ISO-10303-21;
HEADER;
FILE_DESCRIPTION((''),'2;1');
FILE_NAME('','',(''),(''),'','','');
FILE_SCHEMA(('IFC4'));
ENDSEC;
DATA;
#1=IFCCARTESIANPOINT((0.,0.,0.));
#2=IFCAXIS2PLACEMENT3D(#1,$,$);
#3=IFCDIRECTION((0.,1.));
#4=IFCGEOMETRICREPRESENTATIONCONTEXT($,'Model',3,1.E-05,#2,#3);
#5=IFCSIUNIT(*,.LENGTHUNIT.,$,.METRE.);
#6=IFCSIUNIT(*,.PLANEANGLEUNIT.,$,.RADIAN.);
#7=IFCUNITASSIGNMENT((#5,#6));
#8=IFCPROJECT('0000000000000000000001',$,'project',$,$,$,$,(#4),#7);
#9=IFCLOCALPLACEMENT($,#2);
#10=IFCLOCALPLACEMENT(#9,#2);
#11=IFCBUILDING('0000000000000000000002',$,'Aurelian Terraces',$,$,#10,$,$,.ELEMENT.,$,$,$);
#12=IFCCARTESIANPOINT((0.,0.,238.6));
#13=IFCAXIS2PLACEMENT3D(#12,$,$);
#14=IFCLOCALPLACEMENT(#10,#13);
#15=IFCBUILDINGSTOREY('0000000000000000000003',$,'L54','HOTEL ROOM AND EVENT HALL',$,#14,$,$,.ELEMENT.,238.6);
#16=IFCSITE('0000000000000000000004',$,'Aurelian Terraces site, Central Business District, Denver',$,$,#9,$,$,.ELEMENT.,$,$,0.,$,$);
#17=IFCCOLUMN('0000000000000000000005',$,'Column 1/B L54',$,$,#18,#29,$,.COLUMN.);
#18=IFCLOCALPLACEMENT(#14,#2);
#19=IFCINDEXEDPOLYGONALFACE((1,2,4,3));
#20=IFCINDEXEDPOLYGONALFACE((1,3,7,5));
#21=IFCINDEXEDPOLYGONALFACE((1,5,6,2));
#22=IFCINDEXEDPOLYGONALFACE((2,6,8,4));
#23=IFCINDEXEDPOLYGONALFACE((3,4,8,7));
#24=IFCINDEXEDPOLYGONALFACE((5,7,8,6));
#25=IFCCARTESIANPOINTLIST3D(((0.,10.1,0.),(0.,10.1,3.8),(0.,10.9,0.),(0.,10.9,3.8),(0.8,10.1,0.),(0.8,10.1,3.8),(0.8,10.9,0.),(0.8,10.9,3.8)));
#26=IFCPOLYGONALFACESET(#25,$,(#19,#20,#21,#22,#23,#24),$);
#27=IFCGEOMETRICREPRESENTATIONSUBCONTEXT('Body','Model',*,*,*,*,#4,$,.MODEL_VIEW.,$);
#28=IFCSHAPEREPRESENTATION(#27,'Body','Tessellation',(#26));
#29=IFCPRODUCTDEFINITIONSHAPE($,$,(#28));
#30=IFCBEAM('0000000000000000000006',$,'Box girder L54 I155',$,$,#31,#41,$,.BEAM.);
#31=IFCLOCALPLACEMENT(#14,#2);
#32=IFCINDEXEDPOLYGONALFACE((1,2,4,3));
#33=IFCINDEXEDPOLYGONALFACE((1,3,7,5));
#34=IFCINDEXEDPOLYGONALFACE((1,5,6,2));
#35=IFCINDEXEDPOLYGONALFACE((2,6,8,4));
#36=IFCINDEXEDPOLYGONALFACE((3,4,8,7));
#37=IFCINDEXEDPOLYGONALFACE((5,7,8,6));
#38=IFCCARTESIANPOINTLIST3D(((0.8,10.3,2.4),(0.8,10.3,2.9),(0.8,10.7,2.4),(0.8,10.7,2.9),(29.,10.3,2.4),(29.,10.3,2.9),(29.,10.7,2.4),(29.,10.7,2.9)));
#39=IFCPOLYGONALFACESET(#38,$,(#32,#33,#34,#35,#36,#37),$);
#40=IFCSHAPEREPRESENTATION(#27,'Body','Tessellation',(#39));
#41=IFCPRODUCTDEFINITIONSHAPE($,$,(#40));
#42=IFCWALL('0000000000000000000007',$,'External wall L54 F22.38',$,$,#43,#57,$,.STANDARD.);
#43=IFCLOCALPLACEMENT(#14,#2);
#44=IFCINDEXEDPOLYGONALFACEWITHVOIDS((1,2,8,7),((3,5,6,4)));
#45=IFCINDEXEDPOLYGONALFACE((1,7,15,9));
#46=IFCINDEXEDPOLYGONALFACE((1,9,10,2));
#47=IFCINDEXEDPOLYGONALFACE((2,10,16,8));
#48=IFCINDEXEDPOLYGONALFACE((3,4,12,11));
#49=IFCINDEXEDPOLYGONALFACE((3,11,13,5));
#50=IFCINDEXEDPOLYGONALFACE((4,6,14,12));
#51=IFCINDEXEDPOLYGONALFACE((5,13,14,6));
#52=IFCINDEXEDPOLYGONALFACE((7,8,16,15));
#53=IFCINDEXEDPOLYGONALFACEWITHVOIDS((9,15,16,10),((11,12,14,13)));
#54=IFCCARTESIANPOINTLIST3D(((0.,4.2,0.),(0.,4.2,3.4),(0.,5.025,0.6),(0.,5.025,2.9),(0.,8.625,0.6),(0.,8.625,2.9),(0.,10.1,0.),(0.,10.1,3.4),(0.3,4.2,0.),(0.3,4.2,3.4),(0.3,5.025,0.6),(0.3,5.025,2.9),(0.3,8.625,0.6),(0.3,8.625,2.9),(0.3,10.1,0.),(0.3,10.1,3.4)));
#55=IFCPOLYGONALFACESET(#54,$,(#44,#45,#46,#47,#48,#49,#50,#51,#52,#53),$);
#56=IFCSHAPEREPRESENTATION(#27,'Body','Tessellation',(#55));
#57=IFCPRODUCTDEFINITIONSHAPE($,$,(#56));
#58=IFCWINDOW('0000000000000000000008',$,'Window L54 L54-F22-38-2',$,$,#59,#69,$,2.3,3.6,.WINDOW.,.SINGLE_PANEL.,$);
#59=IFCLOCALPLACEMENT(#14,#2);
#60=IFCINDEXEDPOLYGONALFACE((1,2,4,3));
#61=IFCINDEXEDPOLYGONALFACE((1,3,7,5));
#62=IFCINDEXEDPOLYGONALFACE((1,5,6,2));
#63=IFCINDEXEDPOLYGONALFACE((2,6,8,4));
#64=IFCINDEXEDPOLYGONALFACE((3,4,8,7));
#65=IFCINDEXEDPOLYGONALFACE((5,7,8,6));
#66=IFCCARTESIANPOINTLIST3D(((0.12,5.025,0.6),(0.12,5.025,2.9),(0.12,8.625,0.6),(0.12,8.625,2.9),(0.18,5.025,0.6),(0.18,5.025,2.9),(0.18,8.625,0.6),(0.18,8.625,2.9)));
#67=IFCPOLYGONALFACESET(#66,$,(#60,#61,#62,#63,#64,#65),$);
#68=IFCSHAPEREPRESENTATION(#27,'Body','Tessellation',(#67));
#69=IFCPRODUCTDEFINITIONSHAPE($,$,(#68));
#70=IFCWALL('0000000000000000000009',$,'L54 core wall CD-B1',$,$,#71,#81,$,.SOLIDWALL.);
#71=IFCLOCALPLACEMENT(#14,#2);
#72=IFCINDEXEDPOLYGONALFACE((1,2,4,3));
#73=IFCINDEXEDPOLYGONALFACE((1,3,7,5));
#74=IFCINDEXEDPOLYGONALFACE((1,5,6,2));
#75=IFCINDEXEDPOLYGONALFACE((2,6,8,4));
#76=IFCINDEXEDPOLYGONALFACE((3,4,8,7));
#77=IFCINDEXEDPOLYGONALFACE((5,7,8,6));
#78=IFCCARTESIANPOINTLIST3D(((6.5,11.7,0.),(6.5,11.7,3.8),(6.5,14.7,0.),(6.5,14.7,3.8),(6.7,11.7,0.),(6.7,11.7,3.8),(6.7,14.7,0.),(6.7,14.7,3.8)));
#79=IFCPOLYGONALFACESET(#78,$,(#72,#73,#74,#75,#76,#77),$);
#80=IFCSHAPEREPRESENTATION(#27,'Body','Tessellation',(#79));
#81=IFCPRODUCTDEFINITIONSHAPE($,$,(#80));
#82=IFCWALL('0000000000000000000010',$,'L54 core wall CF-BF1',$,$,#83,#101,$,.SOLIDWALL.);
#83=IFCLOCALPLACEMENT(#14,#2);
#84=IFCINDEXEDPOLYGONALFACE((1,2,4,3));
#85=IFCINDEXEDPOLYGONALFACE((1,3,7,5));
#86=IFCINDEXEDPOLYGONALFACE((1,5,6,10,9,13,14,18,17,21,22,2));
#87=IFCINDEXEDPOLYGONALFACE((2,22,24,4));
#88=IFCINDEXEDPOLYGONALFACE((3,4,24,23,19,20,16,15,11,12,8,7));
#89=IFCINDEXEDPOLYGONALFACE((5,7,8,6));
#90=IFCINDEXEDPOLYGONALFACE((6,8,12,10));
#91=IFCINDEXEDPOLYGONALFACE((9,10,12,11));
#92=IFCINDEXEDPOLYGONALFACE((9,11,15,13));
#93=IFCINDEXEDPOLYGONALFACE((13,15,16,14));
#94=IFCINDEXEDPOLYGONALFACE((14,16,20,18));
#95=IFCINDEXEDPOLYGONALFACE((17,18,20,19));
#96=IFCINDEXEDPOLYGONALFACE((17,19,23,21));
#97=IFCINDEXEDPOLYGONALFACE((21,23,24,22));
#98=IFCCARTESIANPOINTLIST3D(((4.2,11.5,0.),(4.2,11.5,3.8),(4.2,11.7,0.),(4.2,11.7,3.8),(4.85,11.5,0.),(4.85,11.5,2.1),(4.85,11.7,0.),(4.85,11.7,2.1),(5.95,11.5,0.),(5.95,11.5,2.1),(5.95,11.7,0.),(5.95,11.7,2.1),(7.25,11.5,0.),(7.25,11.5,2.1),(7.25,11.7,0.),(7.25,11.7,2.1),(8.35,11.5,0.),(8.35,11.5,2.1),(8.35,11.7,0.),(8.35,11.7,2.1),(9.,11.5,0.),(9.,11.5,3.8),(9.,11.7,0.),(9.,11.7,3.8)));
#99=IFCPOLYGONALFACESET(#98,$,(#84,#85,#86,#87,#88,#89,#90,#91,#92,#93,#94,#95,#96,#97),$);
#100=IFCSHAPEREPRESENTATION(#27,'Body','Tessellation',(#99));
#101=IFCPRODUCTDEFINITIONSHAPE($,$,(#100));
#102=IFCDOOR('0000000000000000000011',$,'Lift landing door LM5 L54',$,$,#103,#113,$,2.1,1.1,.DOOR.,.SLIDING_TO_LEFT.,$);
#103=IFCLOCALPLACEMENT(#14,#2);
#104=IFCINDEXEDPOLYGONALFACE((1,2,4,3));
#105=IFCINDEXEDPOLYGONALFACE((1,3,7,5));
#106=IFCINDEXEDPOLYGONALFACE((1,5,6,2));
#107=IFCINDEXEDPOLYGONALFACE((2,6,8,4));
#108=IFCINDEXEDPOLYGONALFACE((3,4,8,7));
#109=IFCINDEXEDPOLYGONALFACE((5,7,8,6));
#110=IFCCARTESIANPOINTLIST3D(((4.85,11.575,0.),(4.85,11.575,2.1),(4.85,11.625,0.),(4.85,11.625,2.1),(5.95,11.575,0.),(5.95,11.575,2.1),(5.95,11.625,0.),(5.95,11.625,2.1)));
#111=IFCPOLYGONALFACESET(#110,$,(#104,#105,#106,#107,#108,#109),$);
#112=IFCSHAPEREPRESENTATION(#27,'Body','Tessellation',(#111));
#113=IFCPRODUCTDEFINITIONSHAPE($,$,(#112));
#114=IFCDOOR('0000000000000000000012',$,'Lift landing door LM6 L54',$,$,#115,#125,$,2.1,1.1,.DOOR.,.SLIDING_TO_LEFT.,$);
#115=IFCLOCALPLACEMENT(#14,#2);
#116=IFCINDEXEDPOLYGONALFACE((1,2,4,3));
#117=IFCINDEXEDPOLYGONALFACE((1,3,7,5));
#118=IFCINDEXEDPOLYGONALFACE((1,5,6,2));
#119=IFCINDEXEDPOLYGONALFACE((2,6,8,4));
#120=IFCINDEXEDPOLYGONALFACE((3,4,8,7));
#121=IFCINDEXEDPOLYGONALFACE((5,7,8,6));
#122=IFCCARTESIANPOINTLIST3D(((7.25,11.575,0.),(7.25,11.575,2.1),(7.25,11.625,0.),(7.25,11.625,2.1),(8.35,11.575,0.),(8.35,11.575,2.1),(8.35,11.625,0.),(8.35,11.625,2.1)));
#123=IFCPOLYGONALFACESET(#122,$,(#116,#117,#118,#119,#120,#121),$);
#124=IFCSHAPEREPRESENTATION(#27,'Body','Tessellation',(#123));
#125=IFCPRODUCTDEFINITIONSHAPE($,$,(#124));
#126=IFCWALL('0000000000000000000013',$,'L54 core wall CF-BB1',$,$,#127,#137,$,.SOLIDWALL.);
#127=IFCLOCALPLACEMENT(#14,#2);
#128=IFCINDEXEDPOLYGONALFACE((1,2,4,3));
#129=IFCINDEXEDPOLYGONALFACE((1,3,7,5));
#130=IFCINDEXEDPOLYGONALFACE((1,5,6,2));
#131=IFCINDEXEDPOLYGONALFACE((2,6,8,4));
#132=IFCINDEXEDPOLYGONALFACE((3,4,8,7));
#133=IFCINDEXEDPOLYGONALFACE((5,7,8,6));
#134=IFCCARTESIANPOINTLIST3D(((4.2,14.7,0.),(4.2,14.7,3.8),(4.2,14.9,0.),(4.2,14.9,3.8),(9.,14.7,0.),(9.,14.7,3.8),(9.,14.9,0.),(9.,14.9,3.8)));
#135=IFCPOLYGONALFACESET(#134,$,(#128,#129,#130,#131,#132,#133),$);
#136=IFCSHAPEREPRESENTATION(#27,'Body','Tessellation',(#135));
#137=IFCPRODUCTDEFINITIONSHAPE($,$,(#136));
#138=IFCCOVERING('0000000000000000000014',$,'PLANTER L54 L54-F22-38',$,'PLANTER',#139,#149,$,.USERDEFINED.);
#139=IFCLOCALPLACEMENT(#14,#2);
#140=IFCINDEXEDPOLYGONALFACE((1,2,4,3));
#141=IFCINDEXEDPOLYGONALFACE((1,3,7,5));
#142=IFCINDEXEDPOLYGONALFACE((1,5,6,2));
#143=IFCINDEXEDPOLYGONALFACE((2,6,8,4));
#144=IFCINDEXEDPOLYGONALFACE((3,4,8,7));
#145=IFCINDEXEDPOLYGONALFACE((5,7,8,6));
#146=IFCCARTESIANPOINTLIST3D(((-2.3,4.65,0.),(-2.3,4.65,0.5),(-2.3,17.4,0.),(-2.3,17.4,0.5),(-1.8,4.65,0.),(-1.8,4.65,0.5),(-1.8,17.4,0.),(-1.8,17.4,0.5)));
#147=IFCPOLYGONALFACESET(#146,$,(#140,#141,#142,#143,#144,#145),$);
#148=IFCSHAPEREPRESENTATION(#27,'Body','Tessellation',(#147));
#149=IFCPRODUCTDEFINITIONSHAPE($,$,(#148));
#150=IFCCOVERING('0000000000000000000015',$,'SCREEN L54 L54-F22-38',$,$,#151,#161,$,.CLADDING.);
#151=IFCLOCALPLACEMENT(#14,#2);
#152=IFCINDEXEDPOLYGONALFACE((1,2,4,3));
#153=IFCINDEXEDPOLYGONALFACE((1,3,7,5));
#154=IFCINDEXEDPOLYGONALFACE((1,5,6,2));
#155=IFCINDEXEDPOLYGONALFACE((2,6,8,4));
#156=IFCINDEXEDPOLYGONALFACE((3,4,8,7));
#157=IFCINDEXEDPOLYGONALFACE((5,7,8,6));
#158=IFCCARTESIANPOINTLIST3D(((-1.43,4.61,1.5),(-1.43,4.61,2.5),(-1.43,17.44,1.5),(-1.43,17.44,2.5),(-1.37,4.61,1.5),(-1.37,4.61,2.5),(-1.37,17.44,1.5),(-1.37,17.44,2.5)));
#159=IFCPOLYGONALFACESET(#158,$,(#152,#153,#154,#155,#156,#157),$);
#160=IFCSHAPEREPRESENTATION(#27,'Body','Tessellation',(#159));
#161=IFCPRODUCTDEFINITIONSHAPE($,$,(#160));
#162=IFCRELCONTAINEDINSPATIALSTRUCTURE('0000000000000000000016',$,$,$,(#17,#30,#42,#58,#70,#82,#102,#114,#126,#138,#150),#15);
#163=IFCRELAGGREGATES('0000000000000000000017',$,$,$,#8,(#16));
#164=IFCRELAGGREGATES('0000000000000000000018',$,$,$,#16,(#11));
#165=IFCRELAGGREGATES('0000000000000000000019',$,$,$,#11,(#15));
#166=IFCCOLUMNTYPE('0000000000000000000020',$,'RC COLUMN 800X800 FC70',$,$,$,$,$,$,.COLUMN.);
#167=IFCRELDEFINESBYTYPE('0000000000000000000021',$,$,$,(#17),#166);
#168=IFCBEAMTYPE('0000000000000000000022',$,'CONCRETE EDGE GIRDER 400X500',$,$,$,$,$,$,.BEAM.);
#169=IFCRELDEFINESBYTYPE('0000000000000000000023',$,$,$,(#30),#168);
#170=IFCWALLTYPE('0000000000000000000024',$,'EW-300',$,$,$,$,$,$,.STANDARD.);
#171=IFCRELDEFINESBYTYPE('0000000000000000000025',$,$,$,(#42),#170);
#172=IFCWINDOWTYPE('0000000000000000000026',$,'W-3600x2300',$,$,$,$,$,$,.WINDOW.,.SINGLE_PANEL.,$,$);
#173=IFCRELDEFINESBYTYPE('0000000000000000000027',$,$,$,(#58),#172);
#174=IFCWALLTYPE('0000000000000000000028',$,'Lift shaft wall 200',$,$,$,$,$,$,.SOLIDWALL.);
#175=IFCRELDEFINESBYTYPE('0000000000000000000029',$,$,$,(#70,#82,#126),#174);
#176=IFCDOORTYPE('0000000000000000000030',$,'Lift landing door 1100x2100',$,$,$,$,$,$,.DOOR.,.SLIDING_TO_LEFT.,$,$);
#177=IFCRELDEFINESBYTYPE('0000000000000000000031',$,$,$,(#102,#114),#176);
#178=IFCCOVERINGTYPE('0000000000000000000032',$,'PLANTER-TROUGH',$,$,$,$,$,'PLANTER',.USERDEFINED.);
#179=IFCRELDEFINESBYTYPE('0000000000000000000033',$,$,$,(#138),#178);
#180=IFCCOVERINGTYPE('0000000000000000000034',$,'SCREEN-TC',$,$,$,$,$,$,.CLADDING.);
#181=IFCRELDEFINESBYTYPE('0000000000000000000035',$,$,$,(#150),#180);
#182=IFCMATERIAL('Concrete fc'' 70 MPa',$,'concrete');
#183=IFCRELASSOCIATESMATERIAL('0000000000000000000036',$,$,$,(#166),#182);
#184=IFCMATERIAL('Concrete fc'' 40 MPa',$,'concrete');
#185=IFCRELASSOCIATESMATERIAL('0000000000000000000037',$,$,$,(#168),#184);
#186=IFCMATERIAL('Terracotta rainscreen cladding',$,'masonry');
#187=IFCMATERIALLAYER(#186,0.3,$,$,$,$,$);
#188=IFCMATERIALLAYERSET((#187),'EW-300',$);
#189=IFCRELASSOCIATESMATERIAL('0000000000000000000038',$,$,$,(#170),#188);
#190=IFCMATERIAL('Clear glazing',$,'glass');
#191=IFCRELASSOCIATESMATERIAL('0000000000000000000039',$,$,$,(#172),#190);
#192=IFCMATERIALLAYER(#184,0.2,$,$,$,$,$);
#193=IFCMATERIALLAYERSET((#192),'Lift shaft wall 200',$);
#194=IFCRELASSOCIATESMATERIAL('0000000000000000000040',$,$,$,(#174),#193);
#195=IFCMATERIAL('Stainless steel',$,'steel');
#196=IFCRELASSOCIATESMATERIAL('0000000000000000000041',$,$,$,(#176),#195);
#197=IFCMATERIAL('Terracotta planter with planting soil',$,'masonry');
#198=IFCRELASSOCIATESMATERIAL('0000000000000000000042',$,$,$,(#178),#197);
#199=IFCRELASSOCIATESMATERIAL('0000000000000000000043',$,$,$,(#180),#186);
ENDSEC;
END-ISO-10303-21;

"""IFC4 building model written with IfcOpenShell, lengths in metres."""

from ifc_helpers import new_model, si_unit, direction, frame, frame_2d, origin, origin_2d, place, context, subcontext, project, spatial, rectangle, extrude, source, transform, mapped, material, layer, layer_set, material_profile, profile_set, type_object, element, fill, save


model = new_model("IFC4")

# Units and contexts
model_context = context("Model", 3, precision=1e-05, world=origin(), true_north=direction((0.0, 1.0)))
body_context = subcontext(model_context, "Body", "Model", "MODEL_VIEW")
ifc_project = project(units=[si_unit("LENGTHUNIT", "METRE"), si_unit("PLANEANGLEUNIT", "RADIAN")], contexts=[model_context])

# Site, building, storey
site_placement = place(None, origin())
site = spatial("IfcSite", under=ifc_project, at=site_placement, Name="Aurelian Terraces site, Central Business District, Denver", CompositionType="ELEMENT", RefElevation=0.0)
building_placement = place(site_placement, origin())
building = spatial("IfcBuilding", under=site, at=building_placement, Name="Aurelian Terraces", CompositionType="ELEMENT")
storey_placement = place(building_placement, frame((0.0, 0.0, 238.6)))
storey = spatial("IfcBuildingStorey", under=building, at=storey_placement, Name="L54", Description="HOTEL ROOM AND EVENT HALL", CompositionType="ELEMENT", Elevation=238.6)

# Column
ifc_material_1 = material(Name="Concrete fc' 70 MPa", Category="concrete")
ifc_material_profile_1 = material_profile(ifc_material_1, rectangle(XDim=0.8, YDim=0.8, at=origin_2d()))
ifc_profile_set_1 = profile_set([ifc_material_profile_1], Name="Concrete fc' 70 MPa")
column_type = type_object("IfcColumnType", Name="RC COLUMN 800X800 FC70", PredefinedType="COLUMN", material=ifc_profile_set_1)
shared_shape_1 = source(origin(), body_context, "Body", "SweptSolid", [
    extrude(rectangle(XDim=0.8, YDim=0.8, at=origin_2d()), origin(), (0.0, 0.0, 1.0), 3.8),
])
column_placement = place(storey_placement, frame((0.4, 10.5, 0.0), z_axis=(0.0, 0.0, 1.0), x_axis=(1.0, 0.0, 0.0)))
element("IfcColumn", 1, at=column_placement, inside=storey, type_object=column_type, Name="Column 1/B L54", PredefinedType="COLUMN", context=body_context, shape_type="MappedRepresentation", body=[
    mapped(shared_shape_1, transform((0.0, 0.0, 0.0), scale=1.0)),
])

# Beam
ifc_material_2 = material(Name="Concrete fc' 40 MPa", Category="concrete")
ifc_material_profile_2 = material_profile(ifc_material_2, rectangle(XDim=0.4, YDim=0.5, at=origin_2d()))
ifc_profile_set_2 = profile_set([ifc_material_profile_2], Name="Concrete fc' 40 MPa")
beam_type = type_object("IfcBeamType", Name="CONCRETE EDGE GIRDER 400X500", PredefinedType="BEAM", material=ifc_profile_set_2)
shared_shape_2 = source(origin(), body_context, "Body", "SweptSolid", [
    extrude(rectangle(XDim=0.4, YDim=0.5, at=origin_2d()), origin(), (0.0, 0.0, 1.0), 28.2),
])
beam_placement = place(storey_placement, frame((0.8, 10.5, 2.65), z_axis=(1.0, 0.0, 0.0), x_axis=(0.0, 1.0, 0.0)))
element("IfcBeam", 2, at=beam_placement, inside=storey, type_object=beam_type, Name="Box girder L54 I155", PredefinedType="BEAM", context=body_context, shape_type="MappedRepresentation", body=[
    mapped(shared_shape_2, transform((0.0, 0.0, 0.0), scale=1.0)),
])

# Wall, opening, window
ifc_material_3 = material(Name="Terracotta rainscreen cladding", Category="masonry")
ifc_layer_1 = layer(ifc_material_3, 0.3)
ifc_layer_set_1 = layer_set([ifc_layer_1], Name="EW-300")
wall_type_1 = type_object("IfcWallType", Name="EW-300", PredefinedType="STANDARD", material=ifc_layer_set_1)
shared_shape_3 = source(origin(), body_context, "Body", "SweptSolid", [
    extrude(rectangle(XDim=5.9, YDim=0.3, at=frame_2d((2.95, 0.0))), origin(), (0.0, 0.0, 1.0), 3.4),
])
wall_1_placement = place(storey_placement, frame((0.15, 10.1, 0.0), z_axis=(0.0, 0.0, 1.0), x_axis=(0.0, -1.0, 0.0)))
wall_1 = element("IfcWall", 3, at=wall_1_placement, inside=storey, type_object=wall_type_1, Name="External wall L54 F22.38", PredefinedType="STANDARD", context=body_context, shape_type="MappedRepresentation", body=[
    mapped(shared_shape_3, transform((0.0, 0.0, 0.0), scale=1.0)),
])
shared_shape_4 = source(origin(), body_context, "Body", "SweptSolid", [
    extrude(rectangle(XDim=3.6, YDim=2.3, at=frame_2d((1.8, 1.15))), frame((0.0, 0.16, 0.0), z_axis=(0.0, -1.0, 0.0), x_axis=(1.0, 0.0, 0.0)), (0.0, 0.0, 1.0), 0.32),
])
opening_1_placement = place(wall_1_placement, frame((1.475, 0.0, 0.6)))
opening_1 = element("IfcOpeningElement", 4, at=opening_1_placement, cuts=wall_1, PredefinedType="OPENING", context=body_context, shape_type="MappedRepresentation", body=[
    mapped(shared_shape_4, transform((0.0, 0.0, 0.0), scale=1.0)),
])
ifc_material_4 = material(Name="Clear glazing", Category="glass")
window_type = type_object("IfcWindowType", Name="W-3600x2300", PartitioningType="SINGLE_PANEL", PredefinedType="WINDOW", material=ifc_material_4)
shared_shape_5 = source(origin(), body_context, "Body", "SweptSolid", [
    extrude(rectangle(XDim=3.6, YDim=2.3, at=frame_2d((1.8, 1.15))), frame((0.0, 0.03, 0.0), z_axis=(0.0, -1.0, 0.0), x_axis=(1.0, 0.0, 0.0)), (0.0, 0.0, 1.0), 0.06),
])
window_placement = place(opening_1_placement, origin())
window = element("IfcWindow", 5, at=window_placement, inside=storey, type_object=window_type, Name="Window L54 L54-F22-38-2", OverallHeight=2.3, OverallWidth=3.6, PartitioningType="SINGLE_PANEL", PredefinedType="WINDOW", context=body_context, shape_type="MappedRepresentation", body=[
    mapped(shared_shape_5, transform((0.0, 0.0, 0.0), scale=1.0)),
])
fill(opening_1, window)

# Wall
ifc_layer_2 = layer(ifc_material_2, 0.2)
ifc_layer_set_2 = layer_set([ifc_layer_2], Name="Lift shaft wall 200")
wall_type_2 = type_object("IfcWallType", Name="Lift shaft wall 200", PredefinedType="SOLIDWALL", material=ifc_layer_set_2)
shared_shape_6 = source(origin(), body_context, "Body", "SweptSolid", [
    extrude(rectangle(XDim=3.0, YDim=0.2, at=frame_2d((1.5, 0.0))), origin(), (0.0, 0.0, 1.0), 3.8),
])
wall_2_placement = place(storey_placement, frame((6.6, 11.7, 0.0), z_axis=(0.0, 0.0, 1.0), x_axis=(0.0, 1.0, 0.0)))
element("IfcWall", 6, at=wall_2_placement, inside=storey, type_object=wall_type_2, Name="L54 core wall CD-B1", PredefinedType="SOLIDWALL", context=body_context, shape_type="MappedRepresentation", body=[
    mapped(shared_shape_6, transform((0.0, 0.0, 0.0), scale=1.0)),
])

# Wall, openings, doors
shared_shape_7 = source(origin(), body_context, "Body", "SweptSolid", [
    extrude(rectangle(XDim=4.8, YDim=0.2, at=frame_2d((2.4, 0.0))), origin(), (0.0, 0.0, 1.0), 3.8),
])
wall_3_placement = place(storey_placement, frame((4.2, 11.6, 0.0), z_axis=(0.0, 0.0, 1.0), x_axis=(1.0, 0.0, 0.0)))
wall_3 = element("IfcWall", 7, at=wall_3_placement, inside=storey, type_object=wall_type_2, Name="L54 core wall CF-BF1", PredefinedType="SOLIDWALL", context=body_context, shape_type="MappedRepresentation", body=[
    mapped(shared_shape_7, transform((0.0, 0.0, 0.0), scale=1.0)),
])
shared_shape_8 = source(origin(), body_context, "Body", "SweptSolid", [
    extrude(rectangle(XDim=1.1, YDim=2.1, at=frame_2d((0.55, 1.05))), frame((0.0, 0.11, 0.0), z_axis=(0.0, -1.0, 0.0), x_axis=(1.0, 0.0, 0.0)), (0.0, 0.0, 1.0), 0.22),
])
opening_2_placement = place(wall_3_placement, frame((0.65, 0.0, 0.0)))
opening_2 = element("IfcOpeningElement", 8, at=opening_2_placement, cuts=wall_3, PredefinedType="OPENING", context=body_context, shape_type="MappedRepresentation", body=[
    mapped(shared_shape_8, transform((0.0, 0.0, 0.0), scale=1.0)),
])
opening_3_placement = place(wall_3_placement, frame((3.05, 0.0, 0.0)))
opening_3 = element("IfcOpeningElement", 9, at=opening_3_placement, cuts=wall_3, PredefinedType="OPENING", context=body_context, shape_type="MappedRepresentation", body=[
    mapped(shared_shape_8, transform((0.0, 0.0, 0.0), scale=1.0)),
])
ifc_material_5 = material(Name="Stainless steel", Category="steel")
door_type = type_object("IfcDoorType", Name="Lift landing door 1100x2100", OperationType="SLIDING_TO_LEFT", PredefinedType="DOOR", material=ifc_material_5)
shared_shape_9 = source(origin(), body_context, "Body", "SweptSolid", [
    extrude(rectangle(XDim=1.1, YDim=2.1, at=frame_2d((0.55, 1.05))), frame((0.0, 0.025, 0.0), z_axis=(0.0, -1.0, 0.0), x_axis=(1.0, 0.0, 0.0)), (0.0, 0.0, 1.0), 0.05),
])
door_1_placement = place(opening_2_placement, origin())
door_1 = element("IfcDoor", 10, at=door_1_placement, inside=storey, type_object=door_type, Name="Lift landing door LM5 L54", OperationType="SLIDING_TO_LEFT", OverallHeight=2.1, OverallWidth=1.1, PredefinedType="DOOR", context=body_context, shape_type="MappedRepresentation", body=[
    mapped(shared_shape_9, transform((0.0, 0.0, 0.0), scale=1.0)),
])
fill(opening_2, door_1)
door_2_placement = place(opening_3_placement, origin())
door_2 = element("IfcDoor", 11, at=door_2_placement, inside=storey, type_object=door_type, Name="Lift landing door LM6 L54", OperationType="SLIDING_TO_LEFT", OverallHeight=2.1, OverallWidth=1.1, PredefinedType="DOOR", context=body_context, shape_type="MappedRepresentation", body=[
    mapped(shared_shape_9, transform((0.0, 0.0, 0.0), scale=1.0)),
])
fill(opening_3, door_2)

# Wall
wall_4_placement = place(storey_placement, frame((4.2, 14.8, 0.0), z_axis=(0.0, 0.0, 1.0), x_axis=(1.0, 0.0, 0.0)))
element("IfcWall", 12, at=wall_4_placement, inside=storey, type_object=wall_type_2, Name="L54 core wall CF-BB1", PredefinedType="SOLIDWALL", context=body_context, shape_type="MappedRepresentation", body=[
    mapped(shared_shape_7, transform((0.0, 0.0, 0.0), scale=1.0)),
])

# Coverings
ifc_material_6 = material(Name="Terracotta planter with planting soil", Category="masonry")
covering_type_1 = type_object("IfcCoveringType", Name="PLANTER-TROUGH", ElementType="PLANTER", PredefinedType="USERDEFINED", material=ifc_material_6)
shared_shape_10 = source(origin(), body_context, "Body", "SweptSolid", [
    extrude(rectangle(XDim=0.5, YDim=12.75, at=origin_2d()), origin(), (0.0, 0.0, 1.0), 0.5),
])
covering_1_placement = place(storey_placement, frame((-2.05, 11.025, 0.0), z_axis=(0.0, 0.0, 1.0), x_axis=(1.0, 0.0, 0.0)))
element("IfcCovering", 13, at=covering_1_placement, inside=storey, type_object=covering_type_1, Name="PLANTER L54 L54-F22-38", ObjectType="PLANTER", PredefinedType="USERDEFINED", context=body_context, shape_type="MappedRepresentation", body=[
    mapped(shared_shape_10, transform((0.0, 0.0, 0.0), scale=1.0)),
])
covering_type_2 = type_object("IfcCoveringType", Name="SCREEN-TC", PredefinedType="CLADDING", material=ifc_material_3)
shared_shape_11 = source(origin(), body_context, "Body", "SweptSolid", [
    extrude(rectangle(XDim=0.06, YDim=12.83, at=origin_2d()), origin(), (0.0, 0.0, 1.0), 1.0),
])
covering_2_placement = place(storey_placement, frame((-1.4, 11.025, 1.5), z_axis=(0.0, 0.0, 1.0), x_axis=(1.0, 0.0, 0.0)))
element("IfcCovering", 14, at=covering_2_placement, inside=storey, type_object=covering_type_2, Name="SCREEN L54 L54-F22-38", PredefinedType="CLADDING", context=body_context, shape_type="MappedRepresentation", body=[
    mapped(shared_shape_11, transform((0.0, 0.0, 0.0), scale=1.0)),
])

save(model, "model.ifc")
